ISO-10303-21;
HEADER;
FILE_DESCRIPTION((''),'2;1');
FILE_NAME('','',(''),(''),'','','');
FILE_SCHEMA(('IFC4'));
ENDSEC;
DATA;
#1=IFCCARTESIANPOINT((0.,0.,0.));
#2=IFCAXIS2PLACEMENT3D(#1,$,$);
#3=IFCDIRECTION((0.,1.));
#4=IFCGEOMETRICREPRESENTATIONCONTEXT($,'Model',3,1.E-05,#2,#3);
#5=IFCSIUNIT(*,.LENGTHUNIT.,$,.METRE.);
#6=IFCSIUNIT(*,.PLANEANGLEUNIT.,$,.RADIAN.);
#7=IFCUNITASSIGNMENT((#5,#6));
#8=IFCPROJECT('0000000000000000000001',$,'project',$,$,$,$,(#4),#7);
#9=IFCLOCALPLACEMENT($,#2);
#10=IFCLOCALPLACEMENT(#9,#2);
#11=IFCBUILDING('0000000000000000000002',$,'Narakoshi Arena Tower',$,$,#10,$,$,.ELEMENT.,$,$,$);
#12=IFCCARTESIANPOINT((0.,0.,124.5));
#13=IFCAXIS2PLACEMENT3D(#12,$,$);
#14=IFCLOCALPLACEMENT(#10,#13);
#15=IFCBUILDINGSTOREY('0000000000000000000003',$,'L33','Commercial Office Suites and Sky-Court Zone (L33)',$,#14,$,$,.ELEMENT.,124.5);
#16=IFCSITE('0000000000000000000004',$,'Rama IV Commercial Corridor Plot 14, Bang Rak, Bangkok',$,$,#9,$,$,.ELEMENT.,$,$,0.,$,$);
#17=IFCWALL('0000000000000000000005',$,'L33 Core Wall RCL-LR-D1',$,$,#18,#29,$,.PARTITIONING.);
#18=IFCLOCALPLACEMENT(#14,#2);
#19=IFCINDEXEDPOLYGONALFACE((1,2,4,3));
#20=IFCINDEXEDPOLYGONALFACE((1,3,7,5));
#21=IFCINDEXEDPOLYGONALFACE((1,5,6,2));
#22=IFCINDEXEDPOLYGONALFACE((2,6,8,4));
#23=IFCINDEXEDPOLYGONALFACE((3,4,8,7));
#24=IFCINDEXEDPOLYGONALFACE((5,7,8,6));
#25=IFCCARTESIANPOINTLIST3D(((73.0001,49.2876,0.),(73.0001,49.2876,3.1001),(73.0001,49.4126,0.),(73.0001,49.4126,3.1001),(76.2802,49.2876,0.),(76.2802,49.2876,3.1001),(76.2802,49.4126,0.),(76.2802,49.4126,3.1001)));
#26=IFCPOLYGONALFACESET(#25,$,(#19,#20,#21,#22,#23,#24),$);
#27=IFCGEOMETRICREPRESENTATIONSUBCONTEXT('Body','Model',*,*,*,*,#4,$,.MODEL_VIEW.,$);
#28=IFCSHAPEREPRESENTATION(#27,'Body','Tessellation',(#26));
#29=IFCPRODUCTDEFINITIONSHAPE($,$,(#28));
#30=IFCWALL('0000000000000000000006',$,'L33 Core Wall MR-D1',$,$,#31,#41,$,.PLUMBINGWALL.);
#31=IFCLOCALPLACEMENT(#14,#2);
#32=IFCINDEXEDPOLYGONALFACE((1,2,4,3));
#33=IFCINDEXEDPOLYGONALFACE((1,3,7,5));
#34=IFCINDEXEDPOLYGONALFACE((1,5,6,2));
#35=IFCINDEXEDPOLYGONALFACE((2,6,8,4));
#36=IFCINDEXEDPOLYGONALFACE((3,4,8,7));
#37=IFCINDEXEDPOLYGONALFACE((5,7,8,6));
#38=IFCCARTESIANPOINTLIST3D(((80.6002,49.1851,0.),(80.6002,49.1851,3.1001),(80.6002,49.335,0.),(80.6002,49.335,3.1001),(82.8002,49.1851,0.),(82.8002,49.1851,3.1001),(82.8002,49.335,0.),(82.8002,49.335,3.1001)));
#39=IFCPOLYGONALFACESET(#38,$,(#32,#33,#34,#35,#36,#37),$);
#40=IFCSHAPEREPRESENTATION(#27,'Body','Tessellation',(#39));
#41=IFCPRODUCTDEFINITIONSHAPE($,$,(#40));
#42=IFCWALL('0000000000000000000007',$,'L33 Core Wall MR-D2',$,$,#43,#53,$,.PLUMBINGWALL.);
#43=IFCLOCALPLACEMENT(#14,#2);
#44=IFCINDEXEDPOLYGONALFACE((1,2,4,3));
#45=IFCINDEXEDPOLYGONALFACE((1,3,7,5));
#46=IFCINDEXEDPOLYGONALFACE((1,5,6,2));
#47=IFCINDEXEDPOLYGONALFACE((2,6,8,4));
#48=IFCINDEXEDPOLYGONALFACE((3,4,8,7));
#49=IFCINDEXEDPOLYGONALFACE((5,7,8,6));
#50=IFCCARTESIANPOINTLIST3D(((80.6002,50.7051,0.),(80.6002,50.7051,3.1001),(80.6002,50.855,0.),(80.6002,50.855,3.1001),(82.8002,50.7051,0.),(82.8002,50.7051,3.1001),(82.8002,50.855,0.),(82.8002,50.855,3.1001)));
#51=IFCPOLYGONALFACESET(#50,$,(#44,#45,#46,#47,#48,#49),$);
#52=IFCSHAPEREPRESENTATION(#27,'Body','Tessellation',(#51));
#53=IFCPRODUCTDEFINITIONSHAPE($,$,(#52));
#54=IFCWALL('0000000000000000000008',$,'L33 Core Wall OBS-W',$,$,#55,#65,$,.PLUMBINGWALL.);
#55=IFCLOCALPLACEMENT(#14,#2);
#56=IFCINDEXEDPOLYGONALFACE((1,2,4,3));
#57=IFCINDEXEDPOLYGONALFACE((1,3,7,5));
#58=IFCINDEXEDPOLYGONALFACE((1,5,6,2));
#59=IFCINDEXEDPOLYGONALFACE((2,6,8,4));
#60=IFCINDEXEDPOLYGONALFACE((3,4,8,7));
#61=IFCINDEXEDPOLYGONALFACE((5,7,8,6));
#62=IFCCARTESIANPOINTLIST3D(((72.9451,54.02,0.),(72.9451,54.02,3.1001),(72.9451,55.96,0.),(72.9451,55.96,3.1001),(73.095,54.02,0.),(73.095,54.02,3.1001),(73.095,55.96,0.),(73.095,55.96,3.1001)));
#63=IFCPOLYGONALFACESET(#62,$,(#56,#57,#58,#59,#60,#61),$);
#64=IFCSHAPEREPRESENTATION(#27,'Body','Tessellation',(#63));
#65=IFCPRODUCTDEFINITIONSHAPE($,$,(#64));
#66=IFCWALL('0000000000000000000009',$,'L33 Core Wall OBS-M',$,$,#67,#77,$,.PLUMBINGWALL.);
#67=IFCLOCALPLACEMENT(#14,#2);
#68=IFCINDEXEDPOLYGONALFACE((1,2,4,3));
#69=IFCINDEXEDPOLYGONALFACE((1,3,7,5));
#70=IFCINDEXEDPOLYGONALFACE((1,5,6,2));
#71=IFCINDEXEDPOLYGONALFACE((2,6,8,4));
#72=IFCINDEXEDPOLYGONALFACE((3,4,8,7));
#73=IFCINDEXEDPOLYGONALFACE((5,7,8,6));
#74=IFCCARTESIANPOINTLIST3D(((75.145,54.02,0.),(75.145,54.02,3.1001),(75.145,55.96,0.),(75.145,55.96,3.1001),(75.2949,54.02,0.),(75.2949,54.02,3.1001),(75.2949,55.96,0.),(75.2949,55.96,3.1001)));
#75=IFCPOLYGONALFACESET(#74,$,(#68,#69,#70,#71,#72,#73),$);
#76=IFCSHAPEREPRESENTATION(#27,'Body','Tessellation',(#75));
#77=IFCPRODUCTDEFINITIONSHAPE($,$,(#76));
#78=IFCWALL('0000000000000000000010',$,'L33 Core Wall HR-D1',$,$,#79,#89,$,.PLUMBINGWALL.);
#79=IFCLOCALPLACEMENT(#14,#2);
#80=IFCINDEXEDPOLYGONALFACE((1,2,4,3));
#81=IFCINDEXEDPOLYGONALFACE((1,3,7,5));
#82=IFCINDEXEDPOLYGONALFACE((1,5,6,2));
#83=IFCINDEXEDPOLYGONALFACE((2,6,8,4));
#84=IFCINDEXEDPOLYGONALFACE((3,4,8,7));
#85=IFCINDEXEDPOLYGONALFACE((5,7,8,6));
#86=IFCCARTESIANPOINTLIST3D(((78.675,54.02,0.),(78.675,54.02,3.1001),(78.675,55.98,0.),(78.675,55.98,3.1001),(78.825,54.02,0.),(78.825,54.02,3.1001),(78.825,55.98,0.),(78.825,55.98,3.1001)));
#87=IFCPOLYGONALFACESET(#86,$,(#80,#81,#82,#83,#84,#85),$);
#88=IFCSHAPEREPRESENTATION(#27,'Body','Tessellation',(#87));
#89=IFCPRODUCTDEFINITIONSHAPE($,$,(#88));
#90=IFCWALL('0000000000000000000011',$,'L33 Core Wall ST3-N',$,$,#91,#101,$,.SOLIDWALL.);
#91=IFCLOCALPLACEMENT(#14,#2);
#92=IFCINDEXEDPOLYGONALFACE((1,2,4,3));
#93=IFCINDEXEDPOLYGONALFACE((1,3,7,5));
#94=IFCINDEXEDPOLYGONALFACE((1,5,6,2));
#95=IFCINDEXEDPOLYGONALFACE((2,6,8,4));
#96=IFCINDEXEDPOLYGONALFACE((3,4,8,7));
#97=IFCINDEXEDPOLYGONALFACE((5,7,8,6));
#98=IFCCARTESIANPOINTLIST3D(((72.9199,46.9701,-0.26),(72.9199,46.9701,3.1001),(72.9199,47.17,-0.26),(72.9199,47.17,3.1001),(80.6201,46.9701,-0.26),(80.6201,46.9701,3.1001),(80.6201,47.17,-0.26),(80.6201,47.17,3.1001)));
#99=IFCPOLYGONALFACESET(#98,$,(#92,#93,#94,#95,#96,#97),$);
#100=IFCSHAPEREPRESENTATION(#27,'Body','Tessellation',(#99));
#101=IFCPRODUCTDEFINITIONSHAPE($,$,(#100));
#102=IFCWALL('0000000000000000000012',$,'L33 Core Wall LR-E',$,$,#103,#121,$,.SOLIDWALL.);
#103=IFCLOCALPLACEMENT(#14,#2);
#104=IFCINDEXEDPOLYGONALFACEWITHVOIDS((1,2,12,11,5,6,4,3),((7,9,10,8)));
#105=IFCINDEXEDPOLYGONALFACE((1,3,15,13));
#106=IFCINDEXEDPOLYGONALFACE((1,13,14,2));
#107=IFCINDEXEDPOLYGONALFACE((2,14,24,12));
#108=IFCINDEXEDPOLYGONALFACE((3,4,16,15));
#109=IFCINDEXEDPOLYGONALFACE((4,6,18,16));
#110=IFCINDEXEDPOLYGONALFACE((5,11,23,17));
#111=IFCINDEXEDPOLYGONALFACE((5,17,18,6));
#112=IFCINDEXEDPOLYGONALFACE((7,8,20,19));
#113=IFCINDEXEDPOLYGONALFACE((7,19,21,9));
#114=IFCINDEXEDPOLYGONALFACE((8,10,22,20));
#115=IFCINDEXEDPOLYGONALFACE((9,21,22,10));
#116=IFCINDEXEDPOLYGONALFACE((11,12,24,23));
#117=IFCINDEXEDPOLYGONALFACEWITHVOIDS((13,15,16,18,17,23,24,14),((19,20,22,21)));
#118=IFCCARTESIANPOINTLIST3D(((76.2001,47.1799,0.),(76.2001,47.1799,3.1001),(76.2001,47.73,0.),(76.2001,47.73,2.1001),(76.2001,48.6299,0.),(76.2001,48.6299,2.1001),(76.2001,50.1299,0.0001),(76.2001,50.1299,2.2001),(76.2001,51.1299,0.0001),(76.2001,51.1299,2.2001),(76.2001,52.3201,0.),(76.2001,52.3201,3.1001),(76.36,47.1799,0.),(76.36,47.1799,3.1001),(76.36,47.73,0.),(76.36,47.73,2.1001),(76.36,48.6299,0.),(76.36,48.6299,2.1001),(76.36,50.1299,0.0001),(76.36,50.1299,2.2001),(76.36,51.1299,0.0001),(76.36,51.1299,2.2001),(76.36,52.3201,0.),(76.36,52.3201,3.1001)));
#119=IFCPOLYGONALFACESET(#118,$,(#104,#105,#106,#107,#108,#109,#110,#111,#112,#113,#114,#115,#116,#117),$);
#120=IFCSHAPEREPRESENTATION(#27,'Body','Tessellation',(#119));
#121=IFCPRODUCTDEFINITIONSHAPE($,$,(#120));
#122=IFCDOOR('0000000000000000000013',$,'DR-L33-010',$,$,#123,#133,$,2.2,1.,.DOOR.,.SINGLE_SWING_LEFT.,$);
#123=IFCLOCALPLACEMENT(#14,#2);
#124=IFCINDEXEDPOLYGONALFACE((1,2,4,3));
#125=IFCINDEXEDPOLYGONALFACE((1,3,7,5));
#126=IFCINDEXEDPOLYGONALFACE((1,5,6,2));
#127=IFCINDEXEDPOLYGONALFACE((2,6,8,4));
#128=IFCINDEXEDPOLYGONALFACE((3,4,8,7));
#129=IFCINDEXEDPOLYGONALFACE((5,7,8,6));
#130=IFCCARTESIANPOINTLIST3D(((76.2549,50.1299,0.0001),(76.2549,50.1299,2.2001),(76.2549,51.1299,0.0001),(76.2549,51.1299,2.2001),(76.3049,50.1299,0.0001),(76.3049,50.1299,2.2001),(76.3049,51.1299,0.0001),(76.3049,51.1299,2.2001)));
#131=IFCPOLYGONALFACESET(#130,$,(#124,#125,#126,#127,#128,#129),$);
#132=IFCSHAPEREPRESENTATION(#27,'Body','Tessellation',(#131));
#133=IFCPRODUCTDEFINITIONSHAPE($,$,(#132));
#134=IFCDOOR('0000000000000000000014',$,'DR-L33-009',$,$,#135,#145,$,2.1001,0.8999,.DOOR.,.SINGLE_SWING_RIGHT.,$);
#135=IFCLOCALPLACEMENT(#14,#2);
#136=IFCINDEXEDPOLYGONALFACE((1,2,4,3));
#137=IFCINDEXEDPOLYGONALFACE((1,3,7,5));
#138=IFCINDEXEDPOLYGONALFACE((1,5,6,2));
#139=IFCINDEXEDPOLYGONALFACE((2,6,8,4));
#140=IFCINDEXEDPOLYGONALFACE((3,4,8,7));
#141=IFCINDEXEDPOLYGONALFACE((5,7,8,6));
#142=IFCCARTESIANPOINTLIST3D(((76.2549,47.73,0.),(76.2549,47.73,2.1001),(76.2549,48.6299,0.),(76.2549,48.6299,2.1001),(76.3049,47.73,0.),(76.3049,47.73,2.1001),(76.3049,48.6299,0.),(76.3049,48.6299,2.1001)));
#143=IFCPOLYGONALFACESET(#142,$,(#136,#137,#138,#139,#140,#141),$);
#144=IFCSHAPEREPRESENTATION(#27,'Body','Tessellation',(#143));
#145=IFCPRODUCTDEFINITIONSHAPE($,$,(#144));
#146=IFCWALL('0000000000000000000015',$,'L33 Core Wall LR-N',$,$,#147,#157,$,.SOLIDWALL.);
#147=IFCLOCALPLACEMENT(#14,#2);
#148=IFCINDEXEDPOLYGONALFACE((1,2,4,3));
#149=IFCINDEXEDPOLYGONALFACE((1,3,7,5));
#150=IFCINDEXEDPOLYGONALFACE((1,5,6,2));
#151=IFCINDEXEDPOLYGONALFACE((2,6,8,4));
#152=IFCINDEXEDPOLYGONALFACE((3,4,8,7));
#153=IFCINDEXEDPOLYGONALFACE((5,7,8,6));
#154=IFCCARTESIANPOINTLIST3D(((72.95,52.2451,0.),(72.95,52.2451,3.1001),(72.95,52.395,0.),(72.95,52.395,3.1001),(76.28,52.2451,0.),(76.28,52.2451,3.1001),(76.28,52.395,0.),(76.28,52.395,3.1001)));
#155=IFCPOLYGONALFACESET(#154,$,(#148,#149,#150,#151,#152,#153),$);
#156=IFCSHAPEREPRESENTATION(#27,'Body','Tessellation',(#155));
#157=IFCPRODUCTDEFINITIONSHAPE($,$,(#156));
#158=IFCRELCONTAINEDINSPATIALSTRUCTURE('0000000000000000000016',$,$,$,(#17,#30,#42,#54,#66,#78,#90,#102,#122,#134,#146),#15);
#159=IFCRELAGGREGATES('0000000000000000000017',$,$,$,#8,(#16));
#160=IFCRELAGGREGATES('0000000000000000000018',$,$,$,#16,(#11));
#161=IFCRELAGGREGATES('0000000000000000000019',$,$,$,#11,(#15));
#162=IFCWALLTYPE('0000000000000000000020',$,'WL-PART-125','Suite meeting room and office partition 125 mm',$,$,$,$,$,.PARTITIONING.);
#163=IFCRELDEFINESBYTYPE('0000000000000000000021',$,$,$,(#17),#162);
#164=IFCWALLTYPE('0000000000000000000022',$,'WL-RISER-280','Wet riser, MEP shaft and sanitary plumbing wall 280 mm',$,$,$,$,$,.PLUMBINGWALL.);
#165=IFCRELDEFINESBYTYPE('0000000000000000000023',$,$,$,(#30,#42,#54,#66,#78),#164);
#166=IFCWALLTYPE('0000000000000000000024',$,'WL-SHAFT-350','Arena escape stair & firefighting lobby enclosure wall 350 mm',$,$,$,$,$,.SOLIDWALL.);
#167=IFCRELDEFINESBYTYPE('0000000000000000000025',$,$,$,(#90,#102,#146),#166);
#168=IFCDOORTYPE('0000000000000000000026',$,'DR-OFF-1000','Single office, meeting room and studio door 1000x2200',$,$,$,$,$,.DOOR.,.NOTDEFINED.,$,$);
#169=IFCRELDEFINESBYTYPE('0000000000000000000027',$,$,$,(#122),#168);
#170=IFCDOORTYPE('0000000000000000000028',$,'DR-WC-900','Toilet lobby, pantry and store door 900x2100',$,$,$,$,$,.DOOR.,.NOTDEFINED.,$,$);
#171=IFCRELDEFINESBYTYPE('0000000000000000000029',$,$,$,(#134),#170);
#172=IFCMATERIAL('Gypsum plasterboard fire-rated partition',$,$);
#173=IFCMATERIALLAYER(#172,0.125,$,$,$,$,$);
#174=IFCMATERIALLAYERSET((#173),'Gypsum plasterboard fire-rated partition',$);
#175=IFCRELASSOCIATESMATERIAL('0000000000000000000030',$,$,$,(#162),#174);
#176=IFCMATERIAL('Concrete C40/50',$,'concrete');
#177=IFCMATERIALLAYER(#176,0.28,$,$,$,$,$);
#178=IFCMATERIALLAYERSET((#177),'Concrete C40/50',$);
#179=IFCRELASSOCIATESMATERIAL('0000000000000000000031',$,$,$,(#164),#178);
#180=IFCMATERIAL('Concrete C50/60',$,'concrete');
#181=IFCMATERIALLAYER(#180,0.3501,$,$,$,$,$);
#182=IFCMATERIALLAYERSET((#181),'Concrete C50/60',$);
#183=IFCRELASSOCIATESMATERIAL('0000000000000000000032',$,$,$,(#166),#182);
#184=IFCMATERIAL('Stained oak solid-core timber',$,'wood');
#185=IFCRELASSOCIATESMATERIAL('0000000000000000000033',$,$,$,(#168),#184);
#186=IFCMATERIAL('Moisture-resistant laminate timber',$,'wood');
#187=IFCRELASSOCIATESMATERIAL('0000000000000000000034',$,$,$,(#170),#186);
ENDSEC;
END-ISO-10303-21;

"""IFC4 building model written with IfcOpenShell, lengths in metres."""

from ifc_helpers import new_model, si_unit, direction, frame, frame_2d, origin, place, context, subcontext, project, spatial, rectangle, extrude, material, layer, layer_set, type_object, element, fill, save


model = new_model("IFC4")

# Units and contexts
model_context = context("Model", 3, precision=1e-05, world=origin(), true_north=direction((0.0, 1.0)))
body_context = subcontext(model_context, "Body", "Model", "MODEL_VIEW")
ifc_project = project(units=[si_unit("LENGTHUNIT", "METRE"), si_unit("PLANEANGLEUNIT", "RADIAN")], contexts=[model_context])

# Site, building, storey
site_placement = place(None, origin())
site = spatial("IfcSite", under=ifc_project, at=site_placement, Name="Rama IV Commercial Corridor Plot 14, Bang Rak, Bangkok", CompositionType="ELEMENT", RefElevation=0.0)
building_placement = place(site_placement, origin())
building = spatial("IfcBuilding", under=site, at=building_placement, Name="Narakoshi Arena Tower", CompositionType="ELEMENT")
storey_placement = place(building_placement, frame((0.0, 0.0, 124.5)))
storey = spatial("IfcBuildingStorey", under=building, at=storey_placement, Name="L33", Description="Commercial Office Suites and Sky-Court Zone (L33)", CompositionType="ELEMENT", Elevation=124.5)

# Walls
ifc_material_1 = material(Name="Gypsum plasterboard fire-rated partition")
ifc_layer_1 = layer(ifc_material_1, 0.125)
ifc_layer_set_1 = layer_set([ifc_layer_1], Name="Gypsum plasterboard fire-rated partition")
wall_type_1 = type_object("IfcWallType", Name="WL-PART-125", Description="Suite meeting room and office partition 125 mm", PredefinedType="PARTITIONING", material=ifc_layer_set_1)
wall_1_placement = place(storey_placement, frame((73.0, 49.3501, 0.0), z_axis=(0.0, 0.0, 1.0), x_axis=(1.0, 0.0, 0.0)))
element("IfcWall", 1, at=wall_1_placement, inside=storey, type_object=wall_type_1, Name="L33 Core Wall RCL-LR-D1", PredefinedType="PARTITIONING", context=body_context, shape_type="SweptSolid", body=[
    extrude(rectangle(XDim=3.28, YDim=0.125, at=frame_2d((1.6401, 0.0))), origin(), (0.0, 0.0, 1.0), 3.1001),
])
ifc_material_2 = material(Name="Concrete C40/50", Category="concrete")
ifc_layer_2 = layer(ifc_material_2, 0.28)
ifc_layer_set_2 = layer_set([ifc_layer_2], Name="Concrete C40/50")
wall_type_2 = type_object("IfcWallType", Name="WL-RISER-280", Description="Wet riser, MEP shaft and sanitary plumbing wall 280 mm", PredefinedType="PLUMBINGWALL", material=ifc_layer_set_2)
for number, where, z_axis, x_axis, name in (
    (2, (80.6001, 49.26, 0.0), (0.0, 0.0, 1.0), (1.0, 0.0, 0.0), "L33 Core Wall MR-D1"),
    (3, (80.6001, 50.78, 0.0), (0.0, 0.0, 1.0), (1.0, 0.0, 0.0), "L33 Core Wall MR-D2"),
):
    element("IfcWall", number, at=place(storey_placement, frame(where, z_axis=z_axis, x_axis=x_axis)), inside=storey, type_object=wall_type_2, Name=name, PredefinedType="PLUMBINGWALL", context=body_context, shape_type="SweptSolid", body=[
        extrude(rectangle(XDim=2.2, YDim=0.1499, at=frame_2d((1.1001, 0.0))), origin(), (0.0, 0.0, 1.0), 3.1001),
    ])
for number, where, z_axis, x_axis, name in (
    (4, (73.02, 54.02, 0.0), (0.0, 0.0, 1.0), (0.0, 1.0, 0.0), "L33 Core Wall OBS-W"),
    (5, (75.22, 54.02, 0.0), (0.0, 0.0, 1.0), (0.0, 1.0, 0.0), "L33 Core Wall OBS-M"),
):
    element("IfcWall", number, at=place(storey_placement, frame(where, z_axis=z_axis, x_axis=x_axis)), inside=storey, type_object=wall_type_2, Name=name, PredefinedType="PLUMBINGWALL", context=body_context, shape_type="SweptSolid", body=[
        extrude(rectangle(XDim=1.9399, YDim=0.1499, at=frame_2d((0.97, 0.0))), origin(), (0.0, 0.0, 1.0), 3.1001),
    ])
wall_2_placement = place(storey_placement, frame((78.75, 54.02, 0.0), z_axis=(0.0, 0.0, 1.0), x_axis=(0.0, 1.0, 0.0)))
element("IfcWall", 6, at=wall_2_placement, inside=storey, type_object=wall_type_2, Name="L33 Core Wall HR-D1", PredefinedType="PLUMBINGWALL", context=body_context, shape_type="SweptSolid", body=[
    extrude(rectangle(XDim=1.96, YDim=0.1499, at=frame_2d((0.98, 0.0))), origin(), (0.0, 0.0, 1.0), 3.1001),
])
ifc_material_3 = material(Name="Concrete C50/60", Category="concrete")
ifc_layer_3 = layer(ifc_material_3, 0.3501)
ifc_layer_set_3 = layer_set([ifc_layer_3], Name="Concrete C50/60")
wall_type_3 = type_object("IfcWallType", Name="WL-SHAFT-350", Description="Arena escape stair & firefighting lobby enclosure wall 350 mm", PredefinedType="SOLIDWALL", material=ifc_layer_set_3)
wall_3_placement = place(storey_placement, frame((72.9199, 47.0701, -0.26), z_axis=(0.0, 0.0, 1.0), x_axis=(1.0, 0.0, 0.0)))
element("IfcWall", 7, at=wall_3_placement, inside=storey, type_object=wall_type_3, Name="L33 Core Wall ST3-N", PredefinedType="SOLIDWALL", context=body_context, shape_type="SweptSolid", body=[
    extrude(rectangle(XDim=7.7002, YDim=0.2, at=frame_2d((3.8501, 0.0))), origin(), (0.0, 0.0, 1.0), 3.3601),
])

# Wall, openings, doors
wall_4_placement = place(storey_placement, frame((76.28, 47.1799, 0.0), z_axis=(0.0, 0.0, 1.0), x_axis=(0.0, 1.0, 0.0)))
wall_4 = element("IfcWall", 8, at=wall_4_placement, inside=storey, type_object=wall_type_3, Name="L33 Core Wall LR-E", PredefinedType="SOLIDWALL", context=body_context, shape_type="SweptSolid", body=[
    extrude(rectangle(XDim=5.1401, YDim=0.1599, at=frame_2d((2.5701, 0.0))), origin(), (0.0, 0.0, 1.0), 3.1001),
])
opening_1_placement = place(wall_4_placement, frame((0.55, 0.0, 0.0)))
opening_1 = element("IfcOpeningElement", 9, at=opening_1_placement, cuts=wall_4, PredefinedType="OPENING", context=body_context, shape_type="SweptSolid", body=[
    extrude(rectangle(XDim=0.8999, YDim=2.1001, at=frame_2d((0.45, 1.05))), frame((0.0, 0.0898, 0.0), z_axis=(0.0, -1.0, 0.0), x_axis=(1.0, 0.0, 0.0)), (0.0, 0.0, 1.0), 0.1799),
])
opening_2_placement = place(wall_4_placement, frame((2.95, 0.0, 0.0)))
opening_2 = element("IfcOpeningElement", 10, at=opening_2_placement, cuts=wall_4, PredefinedType="OPENING", context=body_context, shape_type="SweptSolid", body=[
    extrude(rectangle(XDim=1.0, YDim=2.2, at=frame_2d((0.5, 1.1001))), frame((0.0, 0.0898, 0.0), z_axis=(0.0, -1.0, 0.0), x_axis=(1.0, 0.0, 0.0)), (0.0, 0.0, 1.0), 0.1799),
])
ifc_material_4 = material(Name="Stained oak solid-core timber", Category="wood")
door_type_1 = type_object("IfcDoorType", Name="DR-OFF-1000", Description="Single office, meeting room and studio door 1000x2200", OperationType="NOTDEFINED", PredefinedType="DOOR", material=ifc_material_4)
door_1_placement = place(opening_2_placement, frame((1.0, 0.0, 0.0), z_axis=(0.0, 0.0, 1.0), x_axis=(-1.0, 0.0, 0.0)))
door_1 = element("IfcDoor", 11, at=door_1_placement, inside=storey, type_object=door_type_1, Name="DR-L33-010", OperationType="SINGLE_SWING_LEFT", OverallHeight=2.2, OverallWidth=1.0, PredefinedType="DOOR", context=body_context, shape_type="SweptSolid", body=[
    extrude(rectangle(XDim=1.0, YDim=2.2, at=frame_2d((0.5, 1.1001))), frame((0.0, 0.0249, 0.0), z_axis=(0.0, -1.0, 0.0), x_axis=(1.0, 0.0, 0.0)), (0.0, 0.0, 1.0), 0.05),
])
fill(opening_2, door_1)
ifc_material_5 = material(Name="Moisture-resistant laminate timber", Category="wood")
door_type_2 = type_object("IfcDoorType", Name="DR-WC-900", Description="Toilet lobby, pantry and store door 900x2100", OperationType="NOTDEFINED", PredefinedType="DOOR", material=ifc_material_5)
door_2_placement = place(opening_1_placement, frame((0.8999, 0.0, 0.0), z_axis=(0.0, 0.0, 1.0), x_axis=(-1.0, 0.0, 0.0)))
door_2 = element("IfcDoor", 12, at=door_2_placement, inside=storey, type_object=door_type_2, Name="DR-L33-009", OperationType="SINGLE_SWING_RIGHT", OverallHeight=2.1001, OverallWidth=0.8999, PredefinedType="DOOR", context=body_context, shape_type="SweptSolid", body=[
    extrude(rectangle(XDim=0.8999, YDim=2.1001, at=frame_2d((0.45, 1.05))), frame((0.0, 0.0249, 0.0), z_axis=(0.0, -1.0, 0.0), x_axis=(1.0, 0.0, 0.0)), (0.0, 0.0, 1.0), 0.05),
])
fill(opening_1, door_2)

# Wall
wall_5_placement = place(storey_placement, frame((72.95, 52.3201, 0.0), z_axis=(0.0, 0.0, 1.0), x_axis=(1.0, 0.0, 0.0)))
element("IfcWall", 13, at=wall_5_placement, inside=storey, type_object=wall_type_3, Name="L33 Core Wall LR-N", PredefinedType="SOLIDWALL", context=body_context, shape_type="SweptSolid", body=[
    extrude(rectangle(XDim=3.3301, YDim=0.1499, at=frame_2d((1.665, 0.0))), origin(), (0.0, 0.0, 1.0), 3.1001),
])

save(model, "model.ifc")
